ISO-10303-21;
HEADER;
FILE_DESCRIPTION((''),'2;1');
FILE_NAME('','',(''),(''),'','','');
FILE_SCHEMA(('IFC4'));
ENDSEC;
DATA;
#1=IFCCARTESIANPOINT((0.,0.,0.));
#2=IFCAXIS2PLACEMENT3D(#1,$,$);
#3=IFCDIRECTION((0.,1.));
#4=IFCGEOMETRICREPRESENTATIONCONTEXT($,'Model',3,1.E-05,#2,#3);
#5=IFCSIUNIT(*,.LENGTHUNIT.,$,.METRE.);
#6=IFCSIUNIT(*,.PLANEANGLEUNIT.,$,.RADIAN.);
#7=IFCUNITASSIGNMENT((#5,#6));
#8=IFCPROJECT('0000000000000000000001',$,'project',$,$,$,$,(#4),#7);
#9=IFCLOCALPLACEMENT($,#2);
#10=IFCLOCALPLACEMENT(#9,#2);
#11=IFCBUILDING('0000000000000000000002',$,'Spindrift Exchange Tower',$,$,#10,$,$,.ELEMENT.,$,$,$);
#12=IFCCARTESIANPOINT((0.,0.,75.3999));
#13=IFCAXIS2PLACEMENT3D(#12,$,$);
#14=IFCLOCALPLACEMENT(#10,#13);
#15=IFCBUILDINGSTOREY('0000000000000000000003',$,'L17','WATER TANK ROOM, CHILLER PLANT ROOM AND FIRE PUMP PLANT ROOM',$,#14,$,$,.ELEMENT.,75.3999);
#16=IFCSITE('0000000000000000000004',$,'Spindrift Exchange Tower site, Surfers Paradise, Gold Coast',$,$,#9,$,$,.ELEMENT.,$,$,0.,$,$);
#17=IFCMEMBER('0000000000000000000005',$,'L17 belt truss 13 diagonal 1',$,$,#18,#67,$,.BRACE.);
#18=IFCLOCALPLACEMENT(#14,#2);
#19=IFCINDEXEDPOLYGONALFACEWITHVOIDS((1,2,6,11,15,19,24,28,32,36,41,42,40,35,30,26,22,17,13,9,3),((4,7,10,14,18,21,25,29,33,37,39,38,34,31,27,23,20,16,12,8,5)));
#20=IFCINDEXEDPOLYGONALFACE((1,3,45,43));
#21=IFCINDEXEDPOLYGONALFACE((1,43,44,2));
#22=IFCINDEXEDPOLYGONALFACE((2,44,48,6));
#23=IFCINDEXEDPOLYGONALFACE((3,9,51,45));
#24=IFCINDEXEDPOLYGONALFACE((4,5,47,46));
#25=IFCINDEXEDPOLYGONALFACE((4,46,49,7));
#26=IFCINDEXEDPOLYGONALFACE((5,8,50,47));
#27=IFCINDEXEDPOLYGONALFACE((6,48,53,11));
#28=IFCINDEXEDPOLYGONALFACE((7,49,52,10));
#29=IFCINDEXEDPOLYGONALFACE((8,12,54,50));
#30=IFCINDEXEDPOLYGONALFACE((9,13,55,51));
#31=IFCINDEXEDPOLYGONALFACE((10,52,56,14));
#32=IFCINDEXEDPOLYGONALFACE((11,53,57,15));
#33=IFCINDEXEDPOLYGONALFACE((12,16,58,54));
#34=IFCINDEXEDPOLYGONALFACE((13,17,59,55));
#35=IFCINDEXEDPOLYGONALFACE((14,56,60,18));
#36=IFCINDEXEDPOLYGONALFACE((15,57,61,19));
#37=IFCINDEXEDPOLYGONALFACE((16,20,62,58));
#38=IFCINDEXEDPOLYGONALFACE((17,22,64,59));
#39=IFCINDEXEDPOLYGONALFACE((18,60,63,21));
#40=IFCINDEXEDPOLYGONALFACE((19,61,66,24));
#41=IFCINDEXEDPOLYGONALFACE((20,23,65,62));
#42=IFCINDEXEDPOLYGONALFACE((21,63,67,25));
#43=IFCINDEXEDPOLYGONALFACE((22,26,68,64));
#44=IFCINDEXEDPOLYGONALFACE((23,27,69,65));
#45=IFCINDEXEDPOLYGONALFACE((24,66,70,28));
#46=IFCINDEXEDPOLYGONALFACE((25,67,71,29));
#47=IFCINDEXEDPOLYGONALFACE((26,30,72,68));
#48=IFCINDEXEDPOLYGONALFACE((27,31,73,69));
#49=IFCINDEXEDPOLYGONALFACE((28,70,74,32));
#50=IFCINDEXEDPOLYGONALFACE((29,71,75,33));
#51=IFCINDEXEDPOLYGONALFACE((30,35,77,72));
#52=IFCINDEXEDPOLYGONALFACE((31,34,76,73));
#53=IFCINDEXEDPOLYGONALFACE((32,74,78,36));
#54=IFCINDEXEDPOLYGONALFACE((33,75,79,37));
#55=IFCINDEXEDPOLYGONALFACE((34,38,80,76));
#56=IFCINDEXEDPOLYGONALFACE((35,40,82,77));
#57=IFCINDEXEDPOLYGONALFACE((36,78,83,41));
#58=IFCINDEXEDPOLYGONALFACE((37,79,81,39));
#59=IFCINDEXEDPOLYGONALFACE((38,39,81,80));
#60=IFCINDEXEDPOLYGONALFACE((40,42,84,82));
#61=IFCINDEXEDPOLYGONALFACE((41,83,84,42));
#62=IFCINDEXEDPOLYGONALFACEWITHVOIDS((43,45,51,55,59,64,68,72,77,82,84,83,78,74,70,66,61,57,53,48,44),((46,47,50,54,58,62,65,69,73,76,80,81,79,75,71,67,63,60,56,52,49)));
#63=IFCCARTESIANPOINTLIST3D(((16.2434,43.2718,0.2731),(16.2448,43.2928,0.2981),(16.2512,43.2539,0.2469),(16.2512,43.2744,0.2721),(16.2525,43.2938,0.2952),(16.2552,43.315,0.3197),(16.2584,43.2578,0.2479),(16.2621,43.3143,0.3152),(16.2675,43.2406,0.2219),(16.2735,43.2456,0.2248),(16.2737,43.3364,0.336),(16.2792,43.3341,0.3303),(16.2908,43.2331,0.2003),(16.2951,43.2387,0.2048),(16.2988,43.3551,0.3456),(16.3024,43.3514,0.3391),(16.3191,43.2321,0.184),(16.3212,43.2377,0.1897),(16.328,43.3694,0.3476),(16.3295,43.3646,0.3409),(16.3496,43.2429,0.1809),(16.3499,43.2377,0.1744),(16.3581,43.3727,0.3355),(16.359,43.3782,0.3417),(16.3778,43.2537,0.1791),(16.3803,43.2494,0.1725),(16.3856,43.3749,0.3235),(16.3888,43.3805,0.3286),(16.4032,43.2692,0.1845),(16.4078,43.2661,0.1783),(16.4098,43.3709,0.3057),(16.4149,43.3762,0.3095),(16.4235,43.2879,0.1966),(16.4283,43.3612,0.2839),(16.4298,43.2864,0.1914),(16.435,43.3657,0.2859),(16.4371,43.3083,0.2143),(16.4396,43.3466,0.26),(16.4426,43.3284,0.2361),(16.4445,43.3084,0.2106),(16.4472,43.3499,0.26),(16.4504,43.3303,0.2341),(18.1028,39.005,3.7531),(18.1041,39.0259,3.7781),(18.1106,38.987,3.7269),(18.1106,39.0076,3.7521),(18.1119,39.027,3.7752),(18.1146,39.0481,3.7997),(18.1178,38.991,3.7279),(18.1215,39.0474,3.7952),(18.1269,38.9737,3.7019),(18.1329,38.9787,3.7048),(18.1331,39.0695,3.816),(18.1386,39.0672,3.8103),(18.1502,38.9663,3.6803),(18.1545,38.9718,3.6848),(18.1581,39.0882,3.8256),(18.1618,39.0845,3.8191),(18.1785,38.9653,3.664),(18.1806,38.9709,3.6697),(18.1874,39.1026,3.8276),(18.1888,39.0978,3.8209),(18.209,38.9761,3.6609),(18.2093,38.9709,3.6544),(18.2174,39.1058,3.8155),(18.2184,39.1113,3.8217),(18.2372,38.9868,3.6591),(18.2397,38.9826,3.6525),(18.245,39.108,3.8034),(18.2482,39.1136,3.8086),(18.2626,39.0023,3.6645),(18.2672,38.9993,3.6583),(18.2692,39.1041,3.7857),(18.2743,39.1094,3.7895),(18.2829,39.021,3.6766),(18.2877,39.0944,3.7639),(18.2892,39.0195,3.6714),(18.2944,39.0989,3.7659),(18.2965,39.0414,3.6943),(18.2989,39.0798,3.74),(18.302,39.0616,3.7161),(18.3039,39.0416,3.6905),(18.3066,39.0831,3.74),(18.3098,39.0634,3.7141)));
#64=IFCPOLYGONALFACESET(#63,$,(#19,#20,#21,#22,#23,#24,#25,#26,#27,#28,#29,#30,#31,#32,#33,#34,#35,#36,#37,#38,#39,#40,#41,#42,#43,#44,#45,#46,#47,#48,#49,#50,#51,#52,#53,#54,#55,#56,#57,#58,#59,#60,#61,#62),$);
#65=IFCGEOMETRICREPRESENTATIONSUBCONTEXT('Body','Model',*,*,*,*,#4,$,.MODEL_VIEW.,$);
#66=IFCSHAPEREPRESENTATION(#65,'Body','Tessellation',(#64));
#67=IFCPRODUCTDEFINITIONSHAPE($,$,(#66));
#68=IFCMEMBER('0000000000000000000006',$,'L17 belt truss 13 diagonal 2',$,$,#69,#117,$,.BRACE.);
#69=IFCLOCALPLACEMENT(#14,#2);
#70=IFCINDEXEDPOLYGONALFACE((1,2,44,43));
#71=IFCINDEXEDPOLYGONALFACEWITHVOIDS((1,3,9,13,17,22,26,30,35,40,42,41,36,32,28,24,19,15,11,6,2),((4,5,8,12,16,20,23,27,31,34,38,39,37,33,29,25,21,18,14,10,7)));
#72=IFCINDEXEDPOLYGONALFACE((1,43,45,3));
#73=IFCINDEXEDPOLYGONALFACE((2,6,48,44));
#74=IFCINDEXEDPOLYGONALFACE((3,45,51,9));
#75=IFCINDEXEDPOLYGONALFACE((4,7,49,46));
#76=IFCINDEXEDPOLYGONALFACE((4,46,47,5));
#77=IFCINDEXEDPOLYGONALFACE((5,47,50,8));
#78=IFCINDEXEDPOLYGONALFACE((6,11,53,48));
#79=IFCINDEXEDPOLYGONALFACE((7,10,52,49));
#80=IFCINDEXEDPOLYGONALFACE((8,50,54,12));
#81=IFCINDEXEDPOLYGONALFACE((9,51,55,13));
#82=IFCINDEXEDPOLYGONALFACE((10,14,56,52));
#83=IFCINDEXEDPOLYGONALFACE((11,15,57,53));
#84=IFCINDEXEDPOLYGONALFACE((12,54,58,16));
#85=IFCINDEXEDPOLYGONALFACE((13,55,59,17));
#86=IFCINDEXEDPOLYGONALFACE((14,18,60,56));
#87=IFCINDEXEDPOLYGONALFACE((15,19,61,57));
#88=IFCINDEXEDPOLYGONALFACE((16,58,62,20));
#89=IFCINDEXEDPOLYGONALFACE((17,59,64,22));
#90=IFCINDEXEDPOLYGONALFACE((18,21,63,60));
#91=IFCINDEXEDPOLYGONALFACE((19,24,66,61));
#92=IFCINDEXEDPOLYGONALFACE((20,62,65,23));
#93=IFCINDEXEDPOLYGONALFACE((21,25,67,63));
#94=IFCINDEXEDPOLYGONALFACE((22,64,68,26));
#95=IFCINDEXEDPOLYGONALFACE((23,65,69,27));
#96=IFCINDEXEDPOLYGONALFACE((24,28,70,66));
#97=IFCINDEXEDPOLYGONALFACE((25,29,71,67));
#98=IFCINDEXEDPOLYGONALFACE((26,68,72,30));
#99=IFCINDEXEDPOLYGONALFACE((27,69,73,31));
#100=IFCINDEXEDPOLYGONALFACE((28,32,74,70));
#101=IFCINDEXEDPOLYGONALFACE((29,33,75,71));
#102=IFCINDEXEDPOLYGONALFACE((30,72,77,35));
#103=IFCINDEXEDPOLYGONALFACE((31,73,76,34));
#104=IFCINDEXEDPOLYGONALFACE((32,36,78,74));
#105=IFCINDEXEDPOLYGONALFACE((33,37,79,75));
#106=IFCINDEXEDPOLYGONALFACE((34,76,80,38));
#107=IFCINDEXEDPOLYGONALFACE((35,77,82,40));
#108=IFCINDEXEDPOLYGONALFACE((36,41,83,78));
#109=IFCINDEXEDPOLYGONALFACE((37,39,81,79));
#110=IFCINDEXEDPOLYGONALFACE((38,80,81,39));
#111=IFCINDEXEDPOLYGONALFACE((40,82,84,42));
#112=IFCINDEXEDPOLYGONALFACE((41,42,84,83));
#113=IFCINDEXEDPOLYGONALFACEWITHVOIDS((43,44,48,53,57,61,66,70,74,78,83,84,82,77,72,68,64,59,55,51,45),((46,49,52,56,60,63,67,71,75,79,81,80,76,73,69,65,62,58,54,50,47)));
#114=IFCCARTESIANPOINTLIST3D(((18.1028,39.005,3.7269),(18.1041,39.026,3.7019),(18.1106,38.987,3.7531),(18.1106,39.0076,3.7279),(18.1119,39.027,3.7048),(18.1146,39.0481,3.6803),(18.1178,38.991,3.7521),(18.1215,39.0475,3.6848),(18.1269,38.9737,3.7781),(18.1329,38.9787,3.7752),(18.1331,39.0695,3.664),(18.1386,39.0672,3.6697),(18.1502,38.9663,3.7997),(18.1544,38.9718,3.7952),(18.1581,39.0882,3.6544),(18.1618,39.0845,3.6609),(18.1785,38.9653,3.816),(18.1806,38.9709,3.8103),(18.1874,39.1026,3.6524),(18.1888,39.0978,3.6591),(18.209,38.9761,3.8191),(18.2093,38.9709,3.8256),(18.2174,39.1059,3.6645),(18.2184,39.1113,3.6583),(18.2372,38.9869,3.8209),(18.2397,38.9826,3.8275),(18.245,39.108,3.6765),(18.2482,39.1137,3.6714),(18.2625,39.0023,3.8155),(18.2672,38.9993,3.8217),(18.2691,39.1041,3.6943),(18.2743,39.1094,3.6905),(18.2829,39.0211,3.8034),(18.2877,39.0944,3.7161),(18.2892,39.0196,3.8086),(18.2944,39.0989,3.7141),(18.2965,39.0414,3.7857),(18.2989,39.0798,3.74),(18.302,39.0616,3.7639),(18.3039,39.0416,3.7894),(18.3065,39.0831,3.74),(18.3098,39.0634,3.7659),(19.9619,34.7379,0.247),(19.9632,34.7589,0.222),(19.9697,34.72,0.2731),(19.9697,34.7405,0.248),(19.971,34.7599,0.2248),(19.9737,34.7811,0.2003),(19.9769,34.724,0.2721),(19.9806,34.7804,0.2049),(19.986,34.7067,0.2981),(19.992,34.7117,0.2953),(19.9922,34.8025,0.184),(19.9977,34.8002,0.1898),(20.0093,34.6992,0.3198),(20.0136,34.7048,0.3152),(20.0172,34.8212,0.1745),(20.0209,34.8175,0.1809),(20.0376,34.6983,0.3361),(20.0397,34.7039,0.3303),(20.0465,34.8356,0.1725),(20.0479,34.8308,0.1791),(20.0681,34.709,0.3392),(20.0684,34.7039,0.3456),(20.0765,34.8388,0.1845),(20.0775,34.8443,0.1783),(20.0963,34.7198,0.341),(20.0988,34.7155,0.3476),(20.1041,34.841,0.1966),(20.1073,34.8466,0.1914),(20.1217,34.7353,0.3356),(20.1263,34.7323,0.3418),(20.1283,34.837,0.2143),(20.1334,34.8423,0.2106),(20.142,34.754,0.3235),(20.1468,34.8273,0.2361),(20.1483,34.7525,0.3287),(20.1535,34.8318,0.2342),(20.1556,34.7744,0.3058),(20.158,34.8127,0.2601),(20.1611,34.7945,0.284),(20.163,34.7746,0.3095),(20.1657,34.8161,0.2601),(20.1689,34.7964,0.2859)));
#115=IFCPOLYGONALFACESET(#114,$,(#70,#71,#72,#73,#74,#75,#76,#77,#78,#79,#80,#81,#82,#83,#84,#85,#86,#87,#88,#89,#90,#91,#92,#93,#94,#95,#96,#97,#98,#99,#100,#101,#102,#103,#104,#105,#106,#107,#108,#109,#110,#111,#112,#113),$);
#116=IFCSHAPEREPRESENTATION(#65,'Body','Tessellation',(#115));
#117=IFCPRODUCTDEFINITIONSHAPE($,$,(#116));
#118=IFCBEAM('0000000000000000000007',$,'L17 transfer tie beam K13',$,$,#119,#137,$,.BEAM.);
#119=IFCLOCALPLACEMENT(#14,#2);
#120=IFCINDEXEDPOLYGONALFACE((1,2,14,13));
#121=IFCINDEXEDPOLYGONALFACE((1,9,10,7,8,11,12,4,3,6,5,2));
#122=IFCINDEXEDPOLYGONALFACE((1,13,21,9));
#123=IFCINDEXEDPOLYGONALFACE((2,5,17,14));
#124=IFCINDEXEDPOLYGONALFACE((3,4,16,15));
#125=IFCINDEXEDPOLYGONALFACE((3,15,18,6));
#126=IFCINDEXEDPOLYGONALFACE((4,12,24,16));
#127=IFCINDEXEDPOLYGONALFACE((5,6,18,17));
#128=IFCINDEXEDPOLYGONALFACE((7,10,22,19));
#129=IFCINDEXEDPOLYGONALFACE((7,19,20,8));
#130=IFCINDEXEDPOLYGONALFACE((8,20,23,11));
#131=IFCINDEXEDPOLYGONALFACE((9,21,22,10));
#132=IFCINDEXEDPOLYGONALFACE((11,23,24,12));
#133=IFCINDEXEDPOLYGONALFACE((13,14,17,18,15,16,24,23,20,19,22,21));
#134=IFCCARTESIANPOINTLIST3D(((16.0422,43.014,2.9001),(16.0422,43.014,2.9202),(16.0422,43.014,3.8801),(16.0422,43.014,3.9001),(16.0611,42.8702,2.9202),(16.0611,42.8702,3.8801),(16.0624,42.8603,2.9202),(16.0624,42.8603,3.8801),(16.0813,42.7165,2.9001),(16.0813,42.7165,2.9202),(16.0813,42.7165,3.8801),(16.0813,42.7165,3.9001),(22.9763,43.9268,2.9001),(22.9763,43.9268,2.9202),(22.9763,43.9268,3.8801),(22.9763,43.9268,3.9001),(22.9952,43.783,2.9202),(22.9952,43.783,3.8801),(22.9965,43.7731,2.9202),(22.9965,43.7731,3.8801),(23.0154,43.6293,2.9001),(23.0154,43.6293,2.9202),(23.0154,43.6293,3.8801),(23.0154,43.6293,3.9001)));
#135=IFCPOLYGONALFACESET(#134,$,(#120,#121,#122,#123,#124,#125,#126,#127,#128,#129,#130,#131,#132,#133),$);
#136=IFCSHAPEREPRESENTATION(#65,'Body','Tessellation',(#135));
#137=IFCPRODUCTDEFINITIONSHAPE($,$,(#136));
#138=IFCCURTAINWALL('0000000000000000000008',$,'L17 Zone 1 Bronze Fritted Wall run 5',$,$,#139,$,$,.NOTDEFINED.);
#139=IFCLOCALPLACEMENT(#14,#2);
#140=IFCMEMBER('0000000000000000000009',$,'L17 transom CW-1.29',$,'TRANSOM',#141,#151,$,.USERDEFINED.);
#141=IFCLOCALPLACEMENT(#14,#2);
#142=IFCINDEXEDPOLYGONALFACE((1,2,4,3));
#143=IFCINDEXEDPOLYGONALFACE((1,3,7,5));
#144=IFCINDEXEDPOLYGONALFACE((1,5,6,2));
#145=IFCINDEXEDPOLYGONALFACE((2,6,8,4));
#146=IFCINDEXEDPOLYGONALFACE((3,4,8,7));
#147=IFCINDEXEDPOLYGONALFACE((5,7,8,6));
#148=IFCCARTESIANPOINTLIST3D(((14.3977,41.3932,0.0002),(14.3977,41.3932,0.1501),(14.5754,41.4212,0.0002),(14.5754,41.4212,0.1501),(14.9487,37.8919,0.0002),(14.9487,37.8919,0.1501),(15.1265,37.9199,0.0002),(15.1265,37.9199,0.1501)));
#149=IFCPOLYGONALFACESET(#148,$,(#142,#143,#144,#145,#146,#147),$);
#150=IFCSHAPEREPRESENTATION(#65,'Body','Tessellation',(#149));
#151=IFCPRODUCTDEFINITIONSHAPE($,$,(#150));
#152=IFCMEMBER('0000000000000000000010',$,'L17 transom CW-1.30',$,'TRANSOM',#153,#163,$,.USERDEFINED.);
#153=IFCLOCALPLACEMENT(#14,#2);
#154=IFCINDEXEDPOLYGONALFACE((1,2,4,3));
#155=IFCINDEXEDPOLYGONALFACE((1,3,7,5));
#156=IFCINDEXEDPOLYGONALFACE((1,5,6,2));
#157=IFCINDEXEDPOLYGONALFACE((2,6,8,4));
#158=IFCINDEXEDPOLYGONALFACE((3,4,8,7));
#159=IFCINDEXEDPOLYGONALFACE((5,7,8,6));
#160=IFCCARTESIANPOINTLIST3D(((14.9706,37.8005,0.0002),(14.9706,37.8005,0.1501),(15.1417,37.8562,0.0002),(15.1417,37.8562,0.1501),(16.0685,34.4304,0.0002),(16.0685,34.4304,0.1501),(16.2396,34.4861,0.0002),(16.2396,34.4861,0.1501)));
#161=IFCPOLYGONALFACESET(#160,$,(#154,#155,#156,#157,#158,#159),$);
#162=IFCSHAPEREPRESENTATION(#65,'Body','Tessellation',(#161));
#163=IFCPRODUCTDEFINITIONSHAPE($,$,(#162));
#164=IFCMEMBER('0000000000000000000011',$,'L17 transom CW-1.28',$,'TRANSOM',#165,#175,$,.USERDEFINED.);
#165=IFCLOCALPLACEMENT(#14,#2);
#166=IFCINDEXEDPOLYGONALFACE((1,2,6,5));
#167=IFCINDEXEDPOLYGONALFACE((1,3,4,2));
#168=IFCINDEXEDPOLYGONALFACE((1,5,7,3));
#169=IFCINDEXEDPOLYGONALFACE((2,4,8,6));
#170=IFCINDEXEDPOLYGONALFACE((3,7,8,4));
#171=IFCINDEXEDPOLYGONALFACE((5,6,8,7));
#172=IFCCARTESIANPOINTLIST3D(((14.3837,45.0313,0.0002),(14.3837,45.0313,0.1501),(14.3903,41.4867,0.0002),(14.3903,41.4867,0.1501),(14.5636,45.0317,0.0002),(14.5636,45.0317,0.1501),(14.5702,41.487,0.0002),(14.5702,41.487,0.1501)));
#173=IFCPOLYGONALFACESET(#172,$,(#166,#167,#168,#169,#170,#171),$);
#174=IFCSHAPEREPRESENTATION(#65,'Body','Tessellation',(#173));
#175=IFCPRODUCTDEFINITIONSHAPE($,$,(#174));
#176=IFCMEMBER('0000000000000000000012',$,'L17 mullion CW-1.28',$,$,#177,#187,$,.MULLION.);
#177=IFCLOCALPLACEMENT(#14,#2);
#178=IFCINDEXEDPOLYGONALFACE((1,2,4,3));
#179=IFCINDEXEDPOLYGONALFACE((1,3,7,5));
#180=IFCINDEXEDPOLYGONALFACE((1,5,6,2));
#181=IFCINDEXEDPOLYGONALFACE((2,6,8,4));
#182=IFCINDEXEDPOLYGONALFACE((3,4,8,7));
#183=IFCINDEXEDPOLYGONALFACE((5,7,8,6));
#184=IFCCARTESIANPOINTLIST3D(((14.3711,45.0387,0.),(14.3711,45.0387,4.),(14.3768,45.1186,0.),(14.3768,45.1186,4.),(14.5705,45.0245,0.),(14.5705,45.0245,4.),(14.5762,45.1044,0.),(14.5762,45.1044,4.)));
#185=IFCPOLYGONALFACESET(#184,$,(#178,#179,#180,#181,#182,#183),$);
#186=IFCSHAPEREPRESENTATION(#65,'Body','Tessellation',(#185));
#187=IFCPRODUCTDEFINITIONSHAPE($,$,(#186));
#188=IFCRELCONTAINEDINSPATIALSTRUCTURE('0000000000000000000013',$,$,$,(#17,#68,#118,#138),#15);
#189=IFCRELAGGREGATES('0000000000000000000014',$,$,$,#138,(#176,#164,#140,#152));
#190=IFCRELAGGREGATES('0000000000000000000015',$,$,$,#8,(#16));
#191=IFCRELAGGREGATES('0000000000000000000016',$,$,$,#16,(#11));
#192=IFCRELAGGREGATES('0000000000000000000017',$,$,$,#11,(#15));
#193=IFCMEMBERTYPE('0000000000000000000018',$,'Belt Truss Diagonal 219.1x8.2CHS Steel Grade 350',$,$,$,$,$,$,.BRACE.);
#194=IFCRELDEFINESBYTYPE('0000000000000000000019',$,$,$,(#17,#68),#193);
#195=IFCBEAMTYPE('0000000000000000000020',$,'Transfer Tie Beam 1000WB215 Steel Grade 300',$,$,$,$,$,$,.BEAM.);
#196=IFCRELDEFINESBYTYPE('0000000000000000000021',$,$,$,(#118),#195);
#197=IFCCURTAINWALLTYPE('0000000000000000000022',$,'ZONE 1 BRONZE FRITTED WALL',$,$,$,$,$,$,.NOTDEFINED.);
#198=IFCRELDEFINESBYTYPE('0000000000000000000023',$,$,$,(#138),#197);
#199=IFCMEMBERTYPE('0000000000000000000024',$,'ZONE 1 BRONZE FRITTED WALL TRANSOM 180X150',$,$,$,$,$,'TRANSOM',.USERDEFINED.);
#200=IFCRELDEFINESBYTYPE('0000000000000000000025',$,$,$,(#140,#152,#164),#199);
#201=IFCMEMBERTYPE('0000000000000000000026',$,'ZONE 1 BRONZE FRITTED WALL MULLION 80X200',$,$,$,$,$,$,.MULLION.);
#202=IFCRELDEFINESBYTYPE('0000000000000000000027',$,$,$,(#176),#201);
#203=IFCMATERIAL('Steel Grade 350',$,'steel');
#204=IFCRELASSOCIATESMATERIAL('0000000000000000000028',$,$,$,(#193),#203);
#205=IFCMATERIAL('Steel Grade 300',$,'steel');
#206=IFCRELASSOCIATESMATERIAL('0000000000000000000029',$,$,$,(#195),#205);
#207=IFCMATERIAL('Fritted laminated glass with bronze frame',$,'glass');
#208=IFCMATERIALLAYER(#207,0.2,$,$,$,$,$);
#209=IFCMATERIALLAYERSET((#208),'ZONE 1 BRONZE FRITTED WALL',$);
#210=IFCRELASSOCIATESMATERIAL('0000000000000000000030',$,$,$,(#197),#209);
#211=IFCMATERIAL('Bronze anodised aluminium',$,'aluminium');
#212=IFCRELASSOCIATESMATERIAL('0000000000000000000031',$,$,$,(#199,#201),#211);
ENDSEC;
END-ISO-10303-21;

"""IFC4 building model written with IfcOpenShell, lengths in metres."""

from ifc_helpers import new_model, si_unit, direction, frame, origin, origin_2d, place, context, subcontext, project, spatial, rectangle, hollow_circle, i_section, extrude, source, transform, mapped, material, layer, layer_set, material_profile, profile_set, type_object, element, aggregate, save


model = new_model("IFC4")

# Units and contexts
model_context = context("Model", 3, precision=1e-05, world=origin(), true_north=direction((0.0, 1.0)))
body_context = subcontext(model_context, "Body", "Model", "MODEL_VIEW")
ifc_project = project(units=[si_unit("LENGTHUNIT", "METRE"), si_unit("PLANEANGLEUNIT", "RADIAN")], contexts=[model_context])

# Site, building, storey
site_placement = place(None, origin())
site = spatial("IfcSite", under=ifc_project, at=site_placement, Name="Spindrift Exchange Tower site, Surfers Paradise, Gold Coast", CompositionType="ELEMENT", RefElevation=0.0)
building_placement = place(site_placement, origin())
building = spatial("IfcBuilding", under=site, at=building_placement, Name="Spindrift Exchange Tower", CompositionType="ELEMENT")
storey_placement = place(building_placement, frame((0.0, 0.0, 75.3999)))
storey = spatial("IfcBuildingStorey", under=building, at=storey_placement, Name="L17", Description="WATER TANK ROOM, CHILLER PLANT ROOM AND FIRE PUMP PLANT ROOM", CompositionType="ELEMENT", Elevation=75.3999)

# Shared definitions
ifc_material_1 = material(Name="Steel Grade 300", Category="steel")

# Members
ifc_material_2 = material(Name="Steel Grade 350", Category="steel")
ifc_material_profile_1 = material_profile(ifc_material_2, hollow_circle(Radius=0.1096, WallThickness=0.0083, at=origin_2d()), Name="219.1x8.2CHS")
ifc_profile_set_1 = profile_set([ifc_material_profile_1], Name="Steel Grade 350")
member_type_1 = type_object("IfcMemberType", Name="Belt Truss Diagonal 219.1x8.2CHS Steel Grade 350", PredefinedType="BRACE", material=ifc_profile_set_1)
shared_shape_1 = source(origin(), body_context, "Body", "SweptSolid", [
    extrude(hollow_circle(Radius=0.1096, WallThickness=0.0083, at=origin_2d()), origin(), (0.0, 0.0, 1.0), 5.8115),
])
for number, where, z_axis, x_axis, name in (
    (1, (16.3467, 43.3062, 0.26), (0.319948, -0.734208, 0.59881), (0.916738, 0.399489, 0.0), "L17 belt truss 13 diagonal 1"),
    (2, (18.2061, 39.0393, 3.74), (0.3199, -0.734237, -0.598799), (0.916765, 0.399426, 0.0), "L17 belt truss 13 diagonal 2"),
):
    element("IfcMember", number, at=place(storey_placement, frame(where, z_axis=z_axis, x_axis=x_axis)), inside=storey, type_object=member_type_1, Name=name, PredefinedType="BRACE", context=body_context, shape_type="MappedRepresentation", body=[
        mapped(shared_shape_1, transform((0.0, 0.0, 0.0), scale=1.0)),
    ])

# Beam
ifc_material_profile_2 = material_profile(ifc_material_1, i_section(OverallWidth=0.3, OverallDepth=1.0, WebThickness=0.01, FlangeThickness=0.02, at=origin_2d()), Name="1000WB215")
ifc_profile_set_2 = profile_set([ifc_material_profile_2], Name="Steel Grade 300")
beam_type_1 = type_object("IfcBeamType", Name="Transfer Tie Beam 1000WB215 Steel Grade 300", PredefinedType="BEAM", material=ifc_profile_set_2)
shared_shape_2 = source(origin(), body_context, "Body", "SweptSolid", [
    extrude(i_section(OverallWidth=0.3, OverallDepth=1.0, WebThickness=0.01, FlangeThickness=0.02, at=origin_2d()), origin(), (0.0, 0.0, 1.0), 6.9939),
])
beam_placement = place(storey_placement, frame((16.0618, 42.8652, 3.4001), z_axis=(0.991446, 0.13052, 0.0), x_axis=(-0.13052, 0.991446, 0.0)))
element("IfcBeam", 3, at=beam_placement, inside=storey, type_object=beam_type_1, Name="L17 transfer tie beam K13", PredefinedType="BEAM", context=body_context, shape_type="MappedRepresentation", body=[
    mapped(shared_shape_2, transform((0.0, 0.0, 0.0), scale=1.0)),
])

# Curtain wall, members
ifc_material_3 = material(Name="Fritted laminated glass with bronze frame", Category="glass")
ifc_layer_1 = layer(ifc_material_3, 0.2)
ifc_layer_set_1 = layer_set([ifc_layer_1], Name="ZONE 1 BRONZE FRITTED WALL")
curtain_wall_type = type_object("IfcCurtainWallType", Name="ZONE 1 BRONZE FRITTED WALL", PredefinedType="NOTDEFINED", material=ifc_layer_set_1)
curtain_wall_placement = place(storey_placement, origin())
curtain_wall = element("IfcCurtainWall", 4, at=curtain_wall_placement, inside=storey, type_object=curtain_wall_type, Name="L17 Zone 1 Bronze Fritted Wall run 5", PredefinedType="NOTDEFINED")
ifc_material_4 = material(Name="Bronze anodised aluminium", Category="aluminium")
ifc_material_profile_3 = material_profile(ifc_material_4, rectangle(XDim=0.1799, YDim=0.1499, at=origin_2d()), Name="ZONE 1 BRONZE FRITTED WALL TRANSOM 180X150")
ifc_profile_set_3 = profile_set([ifc_material_profile_3], Name="Bronze anodised aluminium")
member_type_2 = type_object("IfcMemberType", Name="ZONE 1 BRONZE FRITTED WALL TRANSOM 180X150", ElementType="TRANSOM", PredefinedType="USERDEFINED", material=ifc_profile_set_3)
shared_shape_3 = source(origin(), body_context, "Body", "SweptSolid", [
    extrude(rectangle(XDim=0.1799, YDim=0.1499, at=origin_2d()), origin(), (0.0, 0.0, 1.0), 3.5444),
])
member_1_placement = place(storey_placement, frame((14.4866, 41.4072, 0.0752), z_axis=(0.155467, -0.987841, 0.0), x_axis=(0.987841, 0.155467, 0.0)))
member_1 = element("IfcMember", 5, at=member_1_placement, type_object=member_type_2, Name="L17 transom CW-1.29", ObjectType="TRANSOM", PredefinedType="USERDEFINED", context=body_context, shape_type="MappedRepresentation", body=[
    mapped(shared_shape_3, transform((0.0, 0.0, 0.0), scale=1.0)),
])
member_2_placement = place(storey_placement, frame((15.0562, 37.8284, 0.0752), z_axis=(0.309753, -0.950817, 0.0), x_axis=(0.950817, 0.309753, 0.0)))
member_2 = element("IfcMember", 6, at=member_2_placement, type_object=member_type_2, Name="L17 transom CW-1.30", ObjectType="TRANSOM", PredefinedType="USERDEFINED", context=body_context, shape_type="MappedRepresentation", body=[
    mapped(shared_shape_3, transform((0.0, 0.0, 0.0), scale=1.0)),
])
shared_shape_4 = source(origin(), body_context, "Body", "SweptSolid", [
    extrude(rectangle(XDim=0.1799, YDim=0.1499, at=origin_2d()), origin(), (0.0, 0.0, 1.0), 3.5447),
])
member_3_placement = place(storey_placement, frame((14.4736, 45.0315, 0.0752), z_axis=(0.00186, -0.999998, 0.0), x_axis=(0.999998, 0.00186, 0.0)))
member_3 = element("IfcMember", 7, at=member_3_placement, type_object=member_type_2, Name="L17 transom CW-1.28", ObjectType="TRANSOM", PredefinedType="USERDEFINED", context=body_context, shape_type="MappedRepresentation", body=[
    mapped(shared_shape_4, transform((0.0, 0.0, 0.0), scale=1.0)),
])
ifc_material_profile_4 = material_profile(ifc_material_4, rectangle(XDim=0.0801, YDim=0.2, at=origin_2d()), Name="ZONE 1 BRONZE FRITTED WALL MULLION 80X200")
ifc_profile_set_4 = profile_set([ifc_material_profile_4], Name="Bronze anodised aluminium")
member_type_3 = type_object("IfcMemberType", Name="ZONE 1 BRONZE FRITTED WALL MULLION 80X200", PredefinedType="MULLION", material=ifc_profile_set_4)
shared_shape_5 = source(origin(), body_context, "Body", "SweptSolid", [
    extrude(rectangle(XDim=0.0801, YDim=0.2, at=origin_2d()), origin(), (0.0, 0.0, 1.0), 4.0),
])
member_4_placement = place(storey_placement, frame((14.4736, 45.0715, 0.0), z_axis=(0.0, 0.0, 1.0), x_axis=(-0.071053, -0.997473, 0.0)))
member_4 = element("IfcMember", 8, at=member_4_placement, type_object=member_type_3, Name="L17 mullion CW-1.28", PredefinedType="MULLION", context=body_context, shape_type="MappedRepresentation", body=[
    mapped(shared_shape_5, transform((0.0, 0.0, 0.0), scale=1.0)),
])
aggregate(curtain_wall, [member_4, member_3, member_1, member_2])

save(model, "model.ifc")
